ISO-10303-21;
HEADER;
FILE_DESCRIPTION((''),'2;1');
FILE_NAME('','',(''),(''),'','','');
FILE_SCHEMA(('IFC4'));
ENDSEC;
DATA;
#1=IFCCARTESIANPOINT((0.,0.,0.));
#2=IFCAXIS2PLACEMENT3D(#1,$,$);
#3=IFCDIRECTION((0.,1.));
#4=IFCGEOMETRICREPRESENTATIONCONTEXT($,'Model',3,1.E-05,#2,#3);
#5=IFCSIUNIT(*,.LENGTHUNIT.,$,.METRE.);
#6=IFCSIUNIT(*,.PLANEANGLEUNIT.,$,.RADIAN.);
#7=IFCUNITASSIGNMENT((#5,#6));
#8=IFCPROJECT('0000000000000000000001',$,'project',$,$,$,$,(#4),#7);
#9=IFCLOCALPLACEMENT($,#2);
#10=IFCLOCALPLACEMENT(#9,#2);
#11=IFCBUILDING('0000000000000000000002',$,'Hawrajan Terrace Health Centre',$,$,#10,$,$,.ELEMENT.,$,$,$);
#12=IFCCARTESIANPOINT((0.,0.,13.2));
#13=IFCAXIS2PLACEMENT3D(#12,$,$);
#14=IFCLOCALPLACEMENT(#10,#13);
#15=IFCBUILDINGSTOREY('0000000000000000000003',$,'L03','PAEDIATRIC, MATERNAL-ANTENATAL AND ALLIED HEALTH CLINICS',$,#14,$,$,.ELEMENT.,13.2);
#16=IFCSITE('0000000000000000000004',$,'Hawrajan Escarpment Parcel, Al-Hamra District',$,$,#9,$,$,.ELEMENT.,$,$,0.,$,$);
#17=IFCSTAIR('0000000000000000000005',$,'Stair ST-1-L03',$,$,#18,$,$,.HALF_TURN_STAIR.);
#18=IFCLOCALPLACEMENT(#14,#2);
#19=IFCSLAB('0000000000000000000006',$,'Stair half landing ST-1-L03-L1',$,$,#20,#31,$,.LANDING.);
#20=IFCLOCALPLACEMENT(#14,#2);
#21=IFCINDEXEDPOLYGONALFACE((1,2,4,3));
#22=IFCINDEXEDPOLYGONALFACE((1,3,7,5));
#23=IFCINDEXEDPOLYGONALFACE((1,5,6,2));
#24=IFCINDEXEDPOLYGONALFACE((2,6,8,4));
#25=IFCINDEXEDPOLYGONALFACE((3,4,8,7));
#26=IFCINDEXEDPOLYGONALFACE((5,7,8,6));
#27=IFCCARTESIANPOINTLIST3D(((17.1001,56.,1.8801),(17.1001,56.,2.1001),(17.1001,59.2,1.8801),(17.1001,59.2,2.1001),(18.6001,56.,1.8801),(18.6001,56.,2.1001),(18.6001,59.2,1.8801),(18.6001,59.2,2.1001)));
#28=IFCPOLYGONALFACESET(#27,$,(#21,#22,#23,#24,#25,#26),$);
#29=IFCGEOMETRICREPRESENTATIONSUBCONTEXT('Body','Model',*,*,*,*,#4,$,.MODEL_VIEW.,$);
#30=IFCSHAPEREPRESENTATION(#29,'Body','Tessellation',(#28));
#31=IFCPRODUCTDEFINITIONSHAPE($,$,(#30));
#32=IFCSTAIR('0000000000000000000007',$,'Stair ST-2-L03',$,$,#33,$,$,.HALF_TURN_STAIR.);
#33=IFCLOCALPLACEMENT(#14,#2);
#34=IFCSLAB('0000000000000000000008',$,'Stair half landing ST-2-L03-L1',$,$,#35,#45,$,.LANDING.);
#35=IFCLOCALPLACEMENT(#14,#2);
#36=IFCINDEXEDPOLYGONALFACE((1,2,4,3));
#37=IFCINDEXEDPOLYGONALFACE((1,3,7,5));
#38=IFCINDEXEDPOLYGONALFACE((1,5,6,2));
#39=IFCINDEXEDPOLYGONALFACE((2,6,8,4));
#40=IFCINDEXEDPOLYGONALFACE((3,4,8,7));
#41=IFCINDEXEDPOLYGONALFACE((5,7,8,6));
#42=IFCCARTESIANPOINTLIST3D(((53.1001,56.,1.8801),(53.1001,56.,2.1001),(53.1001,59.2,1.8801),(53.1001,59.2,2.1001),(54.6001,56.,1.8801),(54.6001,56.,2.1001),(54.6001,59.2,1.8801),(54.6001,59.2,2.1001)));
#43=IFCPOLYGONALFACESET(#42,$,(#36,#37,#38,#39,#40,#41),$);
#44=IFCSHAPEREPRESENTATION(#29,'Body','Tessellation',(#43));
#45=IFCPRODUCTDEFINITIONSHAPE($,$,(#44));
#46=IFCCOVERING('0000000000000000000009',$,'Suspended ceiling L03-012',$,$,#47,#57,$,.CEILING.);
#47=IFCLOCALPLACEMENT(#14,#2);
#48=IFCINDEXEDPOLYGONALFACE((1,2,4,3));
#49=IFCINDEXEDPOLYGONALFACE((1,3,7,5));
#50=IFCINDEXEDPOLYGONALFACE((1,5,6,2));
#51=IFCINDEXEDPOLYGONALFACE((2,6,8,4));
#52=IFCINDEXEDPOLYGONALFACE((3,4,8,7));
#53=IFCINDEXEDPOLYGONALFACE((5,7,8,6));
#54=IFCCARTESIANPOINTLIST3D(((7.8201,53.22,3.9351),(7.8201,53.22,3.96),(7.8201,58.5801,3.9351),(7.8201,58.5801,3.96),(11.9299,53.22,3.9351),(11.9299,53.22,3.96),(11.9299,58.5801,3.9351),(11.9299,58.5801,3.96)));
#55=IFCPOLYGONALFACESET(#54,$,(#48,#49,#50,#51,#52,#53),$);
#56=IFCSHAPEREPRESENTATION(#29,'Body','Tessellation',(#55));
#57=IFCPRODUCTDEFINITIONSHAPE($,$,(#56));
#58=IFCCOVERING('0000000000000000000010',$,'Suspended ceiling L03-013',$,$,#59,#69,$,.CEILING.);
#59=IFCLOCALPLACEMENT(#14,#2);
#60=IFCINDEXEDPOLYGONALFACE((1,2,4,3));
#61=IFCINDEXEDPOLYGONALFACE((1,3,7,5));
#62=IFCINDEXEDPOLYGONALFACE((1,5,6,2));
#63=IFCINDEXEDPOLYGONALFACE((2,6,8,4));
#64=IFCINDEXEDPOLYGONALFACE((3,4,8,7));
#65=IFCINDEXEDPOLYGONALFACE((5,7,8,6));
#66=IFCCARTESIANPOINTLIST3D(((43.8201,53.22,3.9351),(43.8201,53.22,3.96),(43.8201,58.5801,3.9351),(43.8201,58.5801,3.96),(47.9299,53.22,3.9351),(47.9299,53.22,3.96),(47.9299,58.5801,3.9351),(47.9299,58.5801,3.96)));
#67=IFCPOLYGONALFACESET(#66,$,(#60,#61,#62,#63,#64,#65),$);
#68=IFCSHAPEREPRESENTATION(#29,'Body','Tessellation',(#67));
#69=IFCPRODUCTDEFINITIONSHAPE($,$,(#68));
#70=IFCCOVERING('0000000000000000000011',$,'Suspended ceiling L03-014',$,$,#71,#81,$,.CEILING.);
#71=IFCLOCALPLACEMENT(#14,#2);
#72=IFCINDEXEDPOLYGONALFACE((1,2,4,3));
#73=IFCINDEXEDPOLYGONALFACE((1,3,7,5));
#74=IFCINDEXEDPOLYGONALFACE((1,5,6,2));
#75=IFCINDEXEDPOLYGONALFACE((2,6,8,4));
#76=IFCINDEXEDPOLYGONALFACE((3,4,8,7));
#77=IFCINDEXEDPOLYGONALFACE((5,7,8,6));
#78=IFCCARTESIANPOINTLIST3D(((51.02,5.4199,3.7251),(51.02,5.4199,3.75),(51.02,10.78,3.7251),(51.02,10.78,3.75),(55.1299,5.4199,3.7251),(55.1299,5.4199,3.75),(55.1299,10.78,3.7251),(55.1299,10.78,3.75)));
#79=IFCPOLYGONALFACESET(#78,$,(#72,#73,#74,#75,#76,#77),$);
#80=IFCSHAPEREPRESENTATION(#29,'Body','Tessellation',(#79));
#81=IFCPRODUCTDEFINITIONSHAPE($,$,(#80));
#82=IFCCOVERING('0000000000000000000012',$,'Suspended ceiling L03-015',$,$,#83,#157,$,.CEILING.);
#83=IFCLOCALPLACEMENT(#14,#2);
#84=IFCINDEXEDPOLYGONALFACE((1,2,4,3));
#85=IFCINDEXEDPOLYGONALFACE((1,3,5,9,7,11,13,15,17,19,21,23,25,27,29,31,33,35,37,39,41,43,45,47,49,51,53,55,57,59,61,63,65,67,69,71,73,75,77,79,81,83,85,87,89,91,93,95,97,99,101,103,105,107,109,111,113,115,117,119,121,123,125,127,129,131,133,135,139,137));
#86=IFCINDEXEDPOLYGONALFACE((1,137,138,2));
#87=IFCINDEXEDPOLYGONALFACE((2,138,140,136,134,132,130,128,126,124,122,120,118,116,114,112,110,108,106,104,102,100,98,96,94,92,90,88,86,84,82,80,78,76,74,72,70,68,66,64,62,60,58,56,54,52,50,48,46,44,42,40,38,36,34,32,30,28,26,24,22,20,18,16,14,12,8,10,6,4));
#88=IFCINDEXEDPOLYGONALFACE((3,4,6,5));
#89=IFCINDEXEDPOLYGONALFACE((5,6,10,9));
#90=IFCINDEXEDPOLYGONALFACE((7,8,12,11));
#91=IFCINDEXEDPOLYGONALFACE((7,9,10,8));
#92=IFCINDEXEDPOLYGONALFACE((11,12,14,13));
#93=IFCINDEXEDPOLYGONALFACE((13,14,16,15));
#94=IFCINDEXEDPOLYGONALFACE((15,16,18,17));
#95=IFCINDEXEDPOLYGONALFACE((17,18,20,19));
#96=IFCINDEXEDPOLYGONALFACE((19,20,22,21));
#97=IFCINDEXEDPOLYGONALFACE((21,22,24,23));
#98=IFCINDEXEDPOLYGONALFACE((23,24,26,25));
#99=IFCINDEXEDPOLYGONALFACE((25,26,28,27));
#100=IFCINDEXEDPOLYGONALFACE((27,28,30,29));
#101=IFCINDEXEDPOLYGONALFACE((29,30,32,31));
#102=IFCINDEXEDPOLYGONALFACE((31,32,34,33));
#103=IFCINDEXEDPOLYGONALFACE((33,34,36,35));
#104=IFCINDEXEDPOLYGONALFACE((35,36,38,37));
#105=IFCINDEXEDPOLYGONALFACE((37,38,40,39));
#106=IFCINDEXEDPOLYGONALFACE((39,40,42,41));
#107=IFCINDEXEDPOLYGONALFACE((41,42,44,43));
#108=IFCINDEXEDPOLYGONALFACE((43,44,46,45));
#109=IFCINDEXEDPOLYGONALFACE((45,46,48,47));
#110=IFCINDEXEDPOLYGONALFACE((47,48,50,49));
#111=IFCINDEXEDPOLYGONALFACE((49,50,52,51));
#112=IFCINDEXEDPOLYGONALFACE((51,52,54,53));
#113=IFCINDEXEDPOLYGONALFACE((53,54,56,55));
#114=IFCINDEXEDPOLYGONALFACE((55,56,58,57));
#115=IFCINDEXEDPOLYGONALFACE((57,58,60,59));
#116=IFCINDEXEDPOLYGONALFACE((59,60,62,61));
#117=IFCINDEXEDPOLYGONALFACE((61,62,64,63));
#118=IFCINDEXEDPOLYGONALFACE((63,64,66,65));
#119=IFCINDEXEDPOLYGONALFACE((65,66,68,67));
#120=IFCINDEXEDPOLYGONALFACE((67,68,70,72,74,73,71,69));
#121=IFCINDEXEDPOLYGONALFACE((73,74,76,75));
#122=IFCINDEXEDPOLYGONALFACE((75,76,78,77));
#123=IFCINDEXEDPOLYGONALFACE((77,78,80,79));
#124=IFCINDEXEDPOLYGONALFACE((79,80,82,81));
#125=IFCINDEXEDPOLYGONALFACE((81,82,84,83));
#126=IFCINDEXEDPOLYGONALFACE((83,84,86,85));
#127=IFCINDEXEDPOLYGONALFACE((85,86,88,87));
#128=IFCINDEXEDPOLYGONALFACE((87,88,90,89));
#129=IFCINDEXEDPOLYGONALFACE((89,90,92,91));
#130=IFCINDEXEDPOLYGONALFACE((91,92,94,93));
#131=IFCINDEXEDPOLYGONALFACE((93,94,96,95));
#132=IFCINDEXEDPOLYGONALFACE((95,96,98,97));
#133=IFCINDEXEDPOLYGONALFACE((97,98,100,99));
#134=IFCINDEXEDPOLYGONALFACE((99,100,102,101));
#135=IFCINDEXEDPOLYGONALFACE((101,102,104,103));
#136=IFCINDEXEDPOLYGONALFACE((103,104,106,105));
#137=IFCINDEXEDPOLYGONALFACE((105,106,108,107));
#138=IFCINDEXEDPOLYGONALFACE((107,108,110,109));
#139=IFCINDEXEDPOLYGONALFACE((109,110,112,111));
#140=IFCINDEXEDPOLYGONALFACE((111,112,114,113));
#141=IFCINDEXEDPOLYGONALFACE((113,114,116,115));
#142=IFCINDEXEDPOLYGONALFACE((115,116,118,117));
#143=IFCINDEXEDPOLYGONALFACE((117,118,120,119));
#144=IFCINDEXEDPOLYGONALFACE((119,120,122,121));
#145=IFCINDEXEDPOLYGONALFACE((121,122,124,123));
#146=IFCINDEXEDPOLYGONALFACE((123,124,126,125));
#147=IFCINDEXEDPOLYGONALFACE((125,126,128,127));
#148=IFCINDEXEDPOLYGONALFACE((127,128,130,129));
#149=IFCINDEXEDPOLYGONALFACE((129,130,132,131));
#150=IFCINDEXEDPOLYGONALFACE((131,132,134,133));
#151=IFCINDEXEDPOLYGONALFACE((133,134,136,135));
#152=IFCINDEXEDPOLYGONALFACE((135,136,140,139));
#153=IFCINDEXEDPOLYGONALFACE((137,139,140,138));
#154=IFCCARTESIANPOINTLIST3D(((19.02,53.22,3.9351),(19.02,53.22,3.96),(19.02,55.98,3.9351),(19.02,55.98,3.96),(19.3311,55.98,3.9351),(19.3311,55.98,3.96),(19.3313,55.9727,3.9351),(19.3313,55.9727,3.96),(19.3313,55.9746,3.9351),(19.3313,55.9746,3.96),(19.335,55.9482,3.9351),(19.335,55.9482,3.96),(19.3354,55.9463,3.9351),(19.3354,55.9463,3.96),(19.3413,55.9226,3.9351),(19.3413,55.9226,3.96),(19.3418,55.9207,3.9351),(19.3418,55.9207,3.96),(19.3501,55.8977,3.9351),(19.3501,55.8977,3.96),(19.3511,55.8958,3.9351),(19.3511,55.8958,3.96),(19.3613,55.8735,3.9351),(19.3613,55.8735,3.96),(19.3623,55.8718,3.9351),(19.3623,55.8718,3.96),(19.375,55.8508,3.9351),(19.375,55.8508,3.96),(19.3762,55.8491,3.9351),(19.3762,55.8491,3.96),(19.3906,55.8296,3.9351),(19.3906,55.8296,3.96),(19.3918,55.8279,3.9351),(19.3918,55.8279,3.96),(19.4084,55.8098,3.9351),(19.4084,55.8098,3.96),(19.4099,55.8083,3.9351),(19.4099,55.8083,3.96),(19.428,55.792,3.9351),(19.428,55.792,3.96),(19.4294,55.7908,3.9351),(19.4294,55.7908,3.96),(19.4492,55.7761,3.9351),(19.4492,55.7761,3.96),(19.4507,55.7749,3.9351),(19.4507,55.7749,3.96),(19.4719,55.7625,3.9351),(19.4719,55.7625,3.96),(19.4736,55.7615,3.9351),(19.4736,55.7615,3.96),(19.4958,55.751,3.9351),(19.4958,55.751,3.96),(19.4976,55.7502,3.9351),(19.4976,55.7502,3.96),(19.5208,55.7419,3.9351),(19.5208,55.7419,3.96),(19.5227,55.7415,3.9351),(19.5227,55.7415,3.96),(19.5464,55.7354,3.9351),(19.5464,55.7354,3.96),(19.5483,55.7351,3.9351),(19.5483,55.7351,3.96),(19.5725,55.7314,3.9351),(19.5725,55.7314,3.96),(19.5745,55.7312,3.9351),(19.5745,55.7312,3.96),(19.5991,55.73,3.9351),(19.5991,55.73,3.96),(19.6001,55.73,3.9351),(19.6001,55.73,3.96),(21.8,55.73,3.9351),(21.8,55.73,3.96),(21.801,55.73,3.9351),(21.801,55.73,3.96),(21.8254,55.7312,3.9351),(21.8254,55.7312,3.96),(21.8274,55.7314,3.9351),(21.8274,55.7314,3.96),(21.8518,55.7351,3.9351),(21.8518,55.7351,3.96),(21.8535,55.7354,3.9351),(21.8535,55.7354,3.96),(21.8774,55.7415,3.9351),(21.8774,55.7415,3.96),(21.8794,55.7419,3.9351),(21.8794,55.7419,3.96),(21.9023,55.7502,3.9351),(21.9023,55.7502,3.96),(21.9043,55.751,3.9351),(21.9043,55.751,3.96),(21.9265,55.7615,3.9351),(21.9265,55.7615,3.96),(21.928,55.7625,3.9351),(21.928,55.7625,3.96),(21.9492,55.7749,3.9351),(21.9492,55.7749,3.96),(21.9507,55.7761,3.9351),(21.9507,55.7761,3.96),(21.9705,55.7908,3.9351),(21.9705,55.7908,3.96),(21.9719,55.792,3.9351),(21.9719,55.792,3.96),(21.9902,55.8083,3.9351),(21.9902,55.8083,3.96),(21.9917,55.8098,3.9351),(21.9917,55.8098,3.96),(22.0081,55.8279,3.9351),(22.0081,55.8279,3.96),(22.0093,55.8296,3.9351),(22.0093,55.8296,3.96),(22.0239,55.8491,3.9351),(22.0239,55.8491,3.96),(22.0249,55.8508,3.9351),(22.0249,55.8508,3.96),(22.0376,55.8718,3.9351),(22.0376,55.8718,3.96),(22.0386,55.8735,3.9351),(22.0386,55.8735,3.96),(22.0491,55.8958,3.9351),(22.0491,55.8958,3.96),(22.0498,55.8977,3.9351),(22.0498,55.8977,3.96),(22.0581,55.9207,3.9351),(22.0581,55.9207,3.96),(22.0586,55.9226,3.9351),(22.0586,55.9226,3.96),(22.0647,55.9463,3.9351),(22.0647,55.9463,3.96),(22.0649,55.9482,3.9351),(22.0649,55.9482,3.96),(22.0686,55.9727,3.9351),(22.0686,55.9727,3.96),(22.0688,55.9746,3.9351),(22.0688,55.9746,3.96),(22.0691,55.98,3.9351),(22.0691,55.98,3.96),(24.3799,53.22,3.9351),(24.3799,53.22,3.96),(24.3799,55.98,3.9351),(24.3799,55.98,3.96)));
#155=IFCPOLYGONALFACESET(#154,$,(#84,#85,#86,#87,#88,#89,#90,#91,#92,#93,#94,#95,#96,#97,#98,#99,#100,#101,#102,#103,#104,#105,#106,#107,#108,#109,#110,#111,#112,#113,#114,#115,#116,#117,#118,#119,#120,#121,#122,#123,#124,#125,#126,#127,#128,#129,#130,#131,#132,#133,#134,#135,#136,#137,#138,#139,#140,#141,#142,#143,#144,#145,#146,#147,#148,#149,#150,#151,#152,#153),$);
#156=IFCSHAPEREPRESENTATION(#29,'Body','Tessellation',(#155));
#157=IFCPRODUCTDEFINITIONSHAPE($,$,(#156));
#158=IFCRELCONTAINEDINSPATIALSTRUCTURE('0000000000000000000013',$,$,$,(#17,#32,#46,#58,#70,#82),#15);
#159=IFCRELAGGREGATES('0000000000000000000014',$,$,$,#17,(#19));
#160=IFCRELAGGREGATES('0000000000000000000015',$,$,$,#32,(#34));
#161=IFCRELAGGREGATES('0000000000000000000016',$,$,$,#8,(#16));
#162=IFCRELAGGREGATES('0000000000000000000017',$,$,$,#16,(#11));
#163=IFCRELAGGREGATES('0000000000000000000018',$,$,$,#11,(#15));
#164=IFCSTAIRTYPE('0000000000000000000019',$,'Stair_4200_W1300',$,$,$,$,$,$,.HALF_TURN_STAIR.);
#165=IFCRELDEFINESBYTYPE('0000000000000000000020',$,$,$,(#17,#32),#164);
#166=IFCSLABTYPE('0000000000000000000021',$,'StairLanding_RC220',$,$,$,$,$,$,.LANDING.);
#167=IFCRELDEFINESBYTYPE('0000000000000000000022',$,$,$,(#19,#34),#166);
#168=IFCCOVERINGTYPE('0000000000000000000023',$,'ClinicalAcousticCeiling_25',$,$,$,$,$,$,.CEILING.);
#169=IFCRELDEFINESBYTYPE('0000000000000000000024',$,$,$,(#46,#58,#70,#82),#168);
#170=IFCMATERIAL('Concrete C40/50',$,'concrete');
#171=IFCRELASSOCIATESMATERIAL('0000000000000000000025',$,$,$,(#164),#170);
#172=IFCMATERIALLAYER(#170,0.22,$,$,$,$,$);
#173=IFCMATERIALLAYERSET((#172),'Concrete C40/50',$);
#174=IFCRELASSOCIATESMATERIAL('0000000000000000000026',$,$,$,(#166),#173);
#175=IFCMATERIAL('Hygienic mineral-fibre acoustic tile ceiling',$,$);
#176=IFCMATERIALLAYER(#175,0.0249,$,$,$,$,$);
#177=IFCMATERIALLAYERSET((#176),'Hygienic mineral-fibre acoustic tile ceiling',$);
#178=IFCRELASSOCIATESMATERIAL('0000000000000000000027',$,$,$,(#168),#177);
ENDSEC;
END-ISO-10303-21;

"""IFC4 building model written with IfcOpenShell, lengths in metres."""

from ifc_helpers import new_model, si_unit, direction, frame, origin, place, context, subcontext, project, spatial, polyline, outline, extrude, material, layer, layer_set, type_object, element, aggregate, save


model = new_model("IFC4")

# Units and contexts
model_context = context("Model", 3, precision=1e-05, world=origin(), true_north=direction((0.0, 1.0)))
body_context = subcontext(model_context, "Body", "Model", "MODEL_VIEW")
ifc_project = project(units=[si_unit("LENGTHUNIT", "METRE"), si_unit("PLANEANGLEUNIT", "RADIAN")], contexts=[model_context])

# Site, building, storey
site_placement = place(None, origin())
site = spatial("IfcSite", under=ifc_project, at=site_placement, Name="Hawrajan Escarpment Parcel, Al-Hamra District", CompositionType="ELEMENT", RefElevation=0.0)
building_placement = place(site_placement, origin())
building = spatial("IfcBuilding", under=site, at=building_placement, Name="Hawrajan Terrace Health Centre", CompositionType="ELEMENT")
storey_placement = place(building_placement, frame((0.0, 0.0, 13.2)))
storey = spatial("IfcBuildingStorey", under=building, at=storey_placement, Name="L03", Description="PAEDIATRIC, MATERNAL-ANTENATAL AND ALLIED HEALTH CLINICS", CompositionType="ELEMENT", Elevation=13.2)

# Stairs, slabs
ifc_material_1 = material(Name="Concrete C40/50", Category="concrete")
stair_type = type_object("IfcStairType", Name="Stair_4200_W1300", PredefinedType="HALF_TURN_STAIR", material=ifc_material_1)
stair_1_placement = place(storey_placement, origin())
stair_1 = element("IfcStair", 1, at=stair_1_placement, inside=storey, type_object=stair_type, Name="Stair ST-1-L03", PredefinedType="HALF_TURN_STAIR")
ifc_layer_1 = layer(ifc_material_1, 0.22)
ifc_layer_set_1 = layer_set([ifc_layer_1], Name="Concrete C40/50")
slab_type = type_object("IfcSlabType", Name="StairLanding_RC220", PredefinedType="LANDING", material=ifc_layer_set_1)
slab_1_placement = place(storey_placement, frame((0.0, 0.0, 1.8801)))
slab_1 = element("IfcSlab", 2, at=slab_1_placement, type_object=slab_type, Name="Stair half landing ST-1-L03-L1", PredefinedType="LANDING", context=body_context, shape_type="SweptSolid", body=[
    extrude(outline(polyline([(17.1001, 56.0), (18.6001, 56.0), (18.6001, 59.2), (17.1001, 59.2), (17.1001, 56.0)])), origin(), (0.0, 0.0, 1.0), 0.22),
])
aggregate(stair_1, [slab_1])
stair_2_placement = place(storey_placement, origin())
stair_2 = element("IfcStair", 3, at=stair_2_placement, inside=storey, type_object=stair_type, Name="Stair ST-2-L03", PredefinedType="HALF_TURN_STAIR")
slab_2_placement = place(storey_placement, frame((0.0, 0.0, 1.8801)))
slab_2 = element("IfcSlab", 4, at=slab_2_placement, type_object=slab_type, Name="Stair half landing ST-2-L03-L1", PredefinedType="LANDING", context=body_context, shape_type="SweptSolid", body=[
    extrude(outline(polyline([(53.1001, 56.0), (54.6001, 56.0), (54.6001, 59.2), (53.1001, 59.2), (53.1001, 56.0)])), origin(), (0.0, 0.0, 1.0), 0.22),
])
aggregate(stair_2, [slab_2])

# Coverings
ifc_material_2 = material(Name="Hygienic mineral-fibre acoustic tile ceiling")
ifc_layer_2 = layer(ifc_material_2, 0.0249)
ifc_layer_set_2 = layer_set([ifc_layer_2], Name="Hygienic mineral-fibre acoustic tile ceiling")
covering_type_1 = type_object("IfcCoveringType", Name="ClinicalAcousticCeiling_25", PredefinedType="CEILING", material=ifc_layer_set_2)
covering_1_placement = place(storey_placement, frame((0.0, 0.0, 3.9351)))
element("IfcCovering", 5, at=covering_1_placement, inside=storey, type_object=covering_type_1, Name="Suspended ceiling L03-012", PredefinedType="CEILING", context=body_context, shape_type="SweptSolid", body=[
    extrude(outline(polyline([(7.8201, 53.22), (7.8201, 58.5801), (11.9299, 58.5801), (11.9299, 53.22), (7.8201, 53.22)])), origin(), (0.0, 0.0, 1.0), 0.0249),
])
covering_2_placement = place(storey_placement, frame((0.0, 0.0, 3.9351)))
element("IfcCovering", 6, at=covering_2_placement, inside=storey, type_object=covering_type_1, Name="Suspended ceiling L03-013", PredefinedType="CEILING", context=body_context, shape_type="SweptSolid", body=[
    extrude(outline(polyline([(43.8201, 53.22), (43.8201, 58.5801), (47.9299, 58.5801), (47.9299, 53.22), (43.8201, 53.22)])), origin(), (0.0, 0.0, 1.0), 0.0249),
])
covering_3_placement = place(storey_placement, frame((0.0, 0.0, 3.7251)))
element("IfcCovering", 7, at=covering_3_placement, inside=storey, type_object=covering_type_1, Name="Suspended ceiling L03-014", PredefinedType="CEILING", context=body_context, shape_type="SweptSolid", body=[
    extrude(outline(polyline([(51.02, 5.4199), (51.02, 10.78), (55.1299, 10.78), (55.1299, 5.4199), (51.02, 5.4199)])), origin(), (0.0, 0.0, 1.0), 0.0249),
])
covering_4_placement = place(storey_placement, frame((0.0, 0.0, 3.9351)))
element("IfcCovering", 8, at=covering_4_placement, inside=storey, type_object=covering_type_1, Name="Suspended ceiling L03-015", PredefinedType="CEILING", context=body_context, shape_type="SweptSolid", body=[
    extrude(outline(polyline([(24.3799, 55.98), (24.3799, 53.22), (19.02, 53.22), (19.02, 55.98), (19.3311, 55.98), (19.3313, 55.9746), (19.3313, 55.9727), (19.335, 55.9482), (19.3354, 55.9463), (19.3413, 55.9226), (19.3418, 55.9207), (19.3501, 55.8977), (19.3511, 55.8958), (19.3613, 55.8735), (19.3623, 55.8718), (19.375, 55.8508), (19.3762, 55.8491), (19.3906, 55.8296), (19.3918, 55.8279), (19.4084, 55.8098), (19.4099, 55.8083), (19.428, 55.792), (19.4294, 55.7908), (19.4492, 55.7761), (19.4507, 55.7749), (19.4719, 55.7625), (19.4736, 55.7615), (19.4958, 55.751), (19.4976, 55.7502), (19.5208, 55.7419), (19.5227, 55.7415), (19.5464, 55.7354), (19.5483, 55.7351), (19.5725, 55.7314), (19.5745, 55.7312), (19.5991, 55.73), (19.6001, 55.73), (21.8, 55.73), (21.801, 55.73), (21.8254, 55.7312), (21.8274, 55.7314), (21.8518, 55.7351), (21.8535, 55.7354), (21.8774, 55.7415), (21.8794, 55.7419), (21.9023, 55.7502), (21.9043, 55.751), (21.9265, 55.7615), (21.928, 55.7625), (21.9492, 55.7749), (21.9507, 55.7761), (21.9705, 55.7908), (21.9719, 55.792), (21.9902, 55.8083), (21.9917, 55.8098), (22.0081, 55.8279), (22.0093, 55.8296), (22.0239, 55.8491), (22.0249, 55.8508), (22.0376, 55.8718), (22.0386, 55.8735), (22.0491, 55.8958), (22.0498, 55.8977), (22.0581, 55.9207), (22.0586, 55.9226), (22.0647, 55.9463), (22.0649, 55.9482), (22.0686, 55.9727), (22.0688, 55.9746), (22.0691, 55.98), (24.3799, 55.98)])), origin(), (0.0, 0.0, 1.0), 0.0249),
])

save(model, "model.ifc")
